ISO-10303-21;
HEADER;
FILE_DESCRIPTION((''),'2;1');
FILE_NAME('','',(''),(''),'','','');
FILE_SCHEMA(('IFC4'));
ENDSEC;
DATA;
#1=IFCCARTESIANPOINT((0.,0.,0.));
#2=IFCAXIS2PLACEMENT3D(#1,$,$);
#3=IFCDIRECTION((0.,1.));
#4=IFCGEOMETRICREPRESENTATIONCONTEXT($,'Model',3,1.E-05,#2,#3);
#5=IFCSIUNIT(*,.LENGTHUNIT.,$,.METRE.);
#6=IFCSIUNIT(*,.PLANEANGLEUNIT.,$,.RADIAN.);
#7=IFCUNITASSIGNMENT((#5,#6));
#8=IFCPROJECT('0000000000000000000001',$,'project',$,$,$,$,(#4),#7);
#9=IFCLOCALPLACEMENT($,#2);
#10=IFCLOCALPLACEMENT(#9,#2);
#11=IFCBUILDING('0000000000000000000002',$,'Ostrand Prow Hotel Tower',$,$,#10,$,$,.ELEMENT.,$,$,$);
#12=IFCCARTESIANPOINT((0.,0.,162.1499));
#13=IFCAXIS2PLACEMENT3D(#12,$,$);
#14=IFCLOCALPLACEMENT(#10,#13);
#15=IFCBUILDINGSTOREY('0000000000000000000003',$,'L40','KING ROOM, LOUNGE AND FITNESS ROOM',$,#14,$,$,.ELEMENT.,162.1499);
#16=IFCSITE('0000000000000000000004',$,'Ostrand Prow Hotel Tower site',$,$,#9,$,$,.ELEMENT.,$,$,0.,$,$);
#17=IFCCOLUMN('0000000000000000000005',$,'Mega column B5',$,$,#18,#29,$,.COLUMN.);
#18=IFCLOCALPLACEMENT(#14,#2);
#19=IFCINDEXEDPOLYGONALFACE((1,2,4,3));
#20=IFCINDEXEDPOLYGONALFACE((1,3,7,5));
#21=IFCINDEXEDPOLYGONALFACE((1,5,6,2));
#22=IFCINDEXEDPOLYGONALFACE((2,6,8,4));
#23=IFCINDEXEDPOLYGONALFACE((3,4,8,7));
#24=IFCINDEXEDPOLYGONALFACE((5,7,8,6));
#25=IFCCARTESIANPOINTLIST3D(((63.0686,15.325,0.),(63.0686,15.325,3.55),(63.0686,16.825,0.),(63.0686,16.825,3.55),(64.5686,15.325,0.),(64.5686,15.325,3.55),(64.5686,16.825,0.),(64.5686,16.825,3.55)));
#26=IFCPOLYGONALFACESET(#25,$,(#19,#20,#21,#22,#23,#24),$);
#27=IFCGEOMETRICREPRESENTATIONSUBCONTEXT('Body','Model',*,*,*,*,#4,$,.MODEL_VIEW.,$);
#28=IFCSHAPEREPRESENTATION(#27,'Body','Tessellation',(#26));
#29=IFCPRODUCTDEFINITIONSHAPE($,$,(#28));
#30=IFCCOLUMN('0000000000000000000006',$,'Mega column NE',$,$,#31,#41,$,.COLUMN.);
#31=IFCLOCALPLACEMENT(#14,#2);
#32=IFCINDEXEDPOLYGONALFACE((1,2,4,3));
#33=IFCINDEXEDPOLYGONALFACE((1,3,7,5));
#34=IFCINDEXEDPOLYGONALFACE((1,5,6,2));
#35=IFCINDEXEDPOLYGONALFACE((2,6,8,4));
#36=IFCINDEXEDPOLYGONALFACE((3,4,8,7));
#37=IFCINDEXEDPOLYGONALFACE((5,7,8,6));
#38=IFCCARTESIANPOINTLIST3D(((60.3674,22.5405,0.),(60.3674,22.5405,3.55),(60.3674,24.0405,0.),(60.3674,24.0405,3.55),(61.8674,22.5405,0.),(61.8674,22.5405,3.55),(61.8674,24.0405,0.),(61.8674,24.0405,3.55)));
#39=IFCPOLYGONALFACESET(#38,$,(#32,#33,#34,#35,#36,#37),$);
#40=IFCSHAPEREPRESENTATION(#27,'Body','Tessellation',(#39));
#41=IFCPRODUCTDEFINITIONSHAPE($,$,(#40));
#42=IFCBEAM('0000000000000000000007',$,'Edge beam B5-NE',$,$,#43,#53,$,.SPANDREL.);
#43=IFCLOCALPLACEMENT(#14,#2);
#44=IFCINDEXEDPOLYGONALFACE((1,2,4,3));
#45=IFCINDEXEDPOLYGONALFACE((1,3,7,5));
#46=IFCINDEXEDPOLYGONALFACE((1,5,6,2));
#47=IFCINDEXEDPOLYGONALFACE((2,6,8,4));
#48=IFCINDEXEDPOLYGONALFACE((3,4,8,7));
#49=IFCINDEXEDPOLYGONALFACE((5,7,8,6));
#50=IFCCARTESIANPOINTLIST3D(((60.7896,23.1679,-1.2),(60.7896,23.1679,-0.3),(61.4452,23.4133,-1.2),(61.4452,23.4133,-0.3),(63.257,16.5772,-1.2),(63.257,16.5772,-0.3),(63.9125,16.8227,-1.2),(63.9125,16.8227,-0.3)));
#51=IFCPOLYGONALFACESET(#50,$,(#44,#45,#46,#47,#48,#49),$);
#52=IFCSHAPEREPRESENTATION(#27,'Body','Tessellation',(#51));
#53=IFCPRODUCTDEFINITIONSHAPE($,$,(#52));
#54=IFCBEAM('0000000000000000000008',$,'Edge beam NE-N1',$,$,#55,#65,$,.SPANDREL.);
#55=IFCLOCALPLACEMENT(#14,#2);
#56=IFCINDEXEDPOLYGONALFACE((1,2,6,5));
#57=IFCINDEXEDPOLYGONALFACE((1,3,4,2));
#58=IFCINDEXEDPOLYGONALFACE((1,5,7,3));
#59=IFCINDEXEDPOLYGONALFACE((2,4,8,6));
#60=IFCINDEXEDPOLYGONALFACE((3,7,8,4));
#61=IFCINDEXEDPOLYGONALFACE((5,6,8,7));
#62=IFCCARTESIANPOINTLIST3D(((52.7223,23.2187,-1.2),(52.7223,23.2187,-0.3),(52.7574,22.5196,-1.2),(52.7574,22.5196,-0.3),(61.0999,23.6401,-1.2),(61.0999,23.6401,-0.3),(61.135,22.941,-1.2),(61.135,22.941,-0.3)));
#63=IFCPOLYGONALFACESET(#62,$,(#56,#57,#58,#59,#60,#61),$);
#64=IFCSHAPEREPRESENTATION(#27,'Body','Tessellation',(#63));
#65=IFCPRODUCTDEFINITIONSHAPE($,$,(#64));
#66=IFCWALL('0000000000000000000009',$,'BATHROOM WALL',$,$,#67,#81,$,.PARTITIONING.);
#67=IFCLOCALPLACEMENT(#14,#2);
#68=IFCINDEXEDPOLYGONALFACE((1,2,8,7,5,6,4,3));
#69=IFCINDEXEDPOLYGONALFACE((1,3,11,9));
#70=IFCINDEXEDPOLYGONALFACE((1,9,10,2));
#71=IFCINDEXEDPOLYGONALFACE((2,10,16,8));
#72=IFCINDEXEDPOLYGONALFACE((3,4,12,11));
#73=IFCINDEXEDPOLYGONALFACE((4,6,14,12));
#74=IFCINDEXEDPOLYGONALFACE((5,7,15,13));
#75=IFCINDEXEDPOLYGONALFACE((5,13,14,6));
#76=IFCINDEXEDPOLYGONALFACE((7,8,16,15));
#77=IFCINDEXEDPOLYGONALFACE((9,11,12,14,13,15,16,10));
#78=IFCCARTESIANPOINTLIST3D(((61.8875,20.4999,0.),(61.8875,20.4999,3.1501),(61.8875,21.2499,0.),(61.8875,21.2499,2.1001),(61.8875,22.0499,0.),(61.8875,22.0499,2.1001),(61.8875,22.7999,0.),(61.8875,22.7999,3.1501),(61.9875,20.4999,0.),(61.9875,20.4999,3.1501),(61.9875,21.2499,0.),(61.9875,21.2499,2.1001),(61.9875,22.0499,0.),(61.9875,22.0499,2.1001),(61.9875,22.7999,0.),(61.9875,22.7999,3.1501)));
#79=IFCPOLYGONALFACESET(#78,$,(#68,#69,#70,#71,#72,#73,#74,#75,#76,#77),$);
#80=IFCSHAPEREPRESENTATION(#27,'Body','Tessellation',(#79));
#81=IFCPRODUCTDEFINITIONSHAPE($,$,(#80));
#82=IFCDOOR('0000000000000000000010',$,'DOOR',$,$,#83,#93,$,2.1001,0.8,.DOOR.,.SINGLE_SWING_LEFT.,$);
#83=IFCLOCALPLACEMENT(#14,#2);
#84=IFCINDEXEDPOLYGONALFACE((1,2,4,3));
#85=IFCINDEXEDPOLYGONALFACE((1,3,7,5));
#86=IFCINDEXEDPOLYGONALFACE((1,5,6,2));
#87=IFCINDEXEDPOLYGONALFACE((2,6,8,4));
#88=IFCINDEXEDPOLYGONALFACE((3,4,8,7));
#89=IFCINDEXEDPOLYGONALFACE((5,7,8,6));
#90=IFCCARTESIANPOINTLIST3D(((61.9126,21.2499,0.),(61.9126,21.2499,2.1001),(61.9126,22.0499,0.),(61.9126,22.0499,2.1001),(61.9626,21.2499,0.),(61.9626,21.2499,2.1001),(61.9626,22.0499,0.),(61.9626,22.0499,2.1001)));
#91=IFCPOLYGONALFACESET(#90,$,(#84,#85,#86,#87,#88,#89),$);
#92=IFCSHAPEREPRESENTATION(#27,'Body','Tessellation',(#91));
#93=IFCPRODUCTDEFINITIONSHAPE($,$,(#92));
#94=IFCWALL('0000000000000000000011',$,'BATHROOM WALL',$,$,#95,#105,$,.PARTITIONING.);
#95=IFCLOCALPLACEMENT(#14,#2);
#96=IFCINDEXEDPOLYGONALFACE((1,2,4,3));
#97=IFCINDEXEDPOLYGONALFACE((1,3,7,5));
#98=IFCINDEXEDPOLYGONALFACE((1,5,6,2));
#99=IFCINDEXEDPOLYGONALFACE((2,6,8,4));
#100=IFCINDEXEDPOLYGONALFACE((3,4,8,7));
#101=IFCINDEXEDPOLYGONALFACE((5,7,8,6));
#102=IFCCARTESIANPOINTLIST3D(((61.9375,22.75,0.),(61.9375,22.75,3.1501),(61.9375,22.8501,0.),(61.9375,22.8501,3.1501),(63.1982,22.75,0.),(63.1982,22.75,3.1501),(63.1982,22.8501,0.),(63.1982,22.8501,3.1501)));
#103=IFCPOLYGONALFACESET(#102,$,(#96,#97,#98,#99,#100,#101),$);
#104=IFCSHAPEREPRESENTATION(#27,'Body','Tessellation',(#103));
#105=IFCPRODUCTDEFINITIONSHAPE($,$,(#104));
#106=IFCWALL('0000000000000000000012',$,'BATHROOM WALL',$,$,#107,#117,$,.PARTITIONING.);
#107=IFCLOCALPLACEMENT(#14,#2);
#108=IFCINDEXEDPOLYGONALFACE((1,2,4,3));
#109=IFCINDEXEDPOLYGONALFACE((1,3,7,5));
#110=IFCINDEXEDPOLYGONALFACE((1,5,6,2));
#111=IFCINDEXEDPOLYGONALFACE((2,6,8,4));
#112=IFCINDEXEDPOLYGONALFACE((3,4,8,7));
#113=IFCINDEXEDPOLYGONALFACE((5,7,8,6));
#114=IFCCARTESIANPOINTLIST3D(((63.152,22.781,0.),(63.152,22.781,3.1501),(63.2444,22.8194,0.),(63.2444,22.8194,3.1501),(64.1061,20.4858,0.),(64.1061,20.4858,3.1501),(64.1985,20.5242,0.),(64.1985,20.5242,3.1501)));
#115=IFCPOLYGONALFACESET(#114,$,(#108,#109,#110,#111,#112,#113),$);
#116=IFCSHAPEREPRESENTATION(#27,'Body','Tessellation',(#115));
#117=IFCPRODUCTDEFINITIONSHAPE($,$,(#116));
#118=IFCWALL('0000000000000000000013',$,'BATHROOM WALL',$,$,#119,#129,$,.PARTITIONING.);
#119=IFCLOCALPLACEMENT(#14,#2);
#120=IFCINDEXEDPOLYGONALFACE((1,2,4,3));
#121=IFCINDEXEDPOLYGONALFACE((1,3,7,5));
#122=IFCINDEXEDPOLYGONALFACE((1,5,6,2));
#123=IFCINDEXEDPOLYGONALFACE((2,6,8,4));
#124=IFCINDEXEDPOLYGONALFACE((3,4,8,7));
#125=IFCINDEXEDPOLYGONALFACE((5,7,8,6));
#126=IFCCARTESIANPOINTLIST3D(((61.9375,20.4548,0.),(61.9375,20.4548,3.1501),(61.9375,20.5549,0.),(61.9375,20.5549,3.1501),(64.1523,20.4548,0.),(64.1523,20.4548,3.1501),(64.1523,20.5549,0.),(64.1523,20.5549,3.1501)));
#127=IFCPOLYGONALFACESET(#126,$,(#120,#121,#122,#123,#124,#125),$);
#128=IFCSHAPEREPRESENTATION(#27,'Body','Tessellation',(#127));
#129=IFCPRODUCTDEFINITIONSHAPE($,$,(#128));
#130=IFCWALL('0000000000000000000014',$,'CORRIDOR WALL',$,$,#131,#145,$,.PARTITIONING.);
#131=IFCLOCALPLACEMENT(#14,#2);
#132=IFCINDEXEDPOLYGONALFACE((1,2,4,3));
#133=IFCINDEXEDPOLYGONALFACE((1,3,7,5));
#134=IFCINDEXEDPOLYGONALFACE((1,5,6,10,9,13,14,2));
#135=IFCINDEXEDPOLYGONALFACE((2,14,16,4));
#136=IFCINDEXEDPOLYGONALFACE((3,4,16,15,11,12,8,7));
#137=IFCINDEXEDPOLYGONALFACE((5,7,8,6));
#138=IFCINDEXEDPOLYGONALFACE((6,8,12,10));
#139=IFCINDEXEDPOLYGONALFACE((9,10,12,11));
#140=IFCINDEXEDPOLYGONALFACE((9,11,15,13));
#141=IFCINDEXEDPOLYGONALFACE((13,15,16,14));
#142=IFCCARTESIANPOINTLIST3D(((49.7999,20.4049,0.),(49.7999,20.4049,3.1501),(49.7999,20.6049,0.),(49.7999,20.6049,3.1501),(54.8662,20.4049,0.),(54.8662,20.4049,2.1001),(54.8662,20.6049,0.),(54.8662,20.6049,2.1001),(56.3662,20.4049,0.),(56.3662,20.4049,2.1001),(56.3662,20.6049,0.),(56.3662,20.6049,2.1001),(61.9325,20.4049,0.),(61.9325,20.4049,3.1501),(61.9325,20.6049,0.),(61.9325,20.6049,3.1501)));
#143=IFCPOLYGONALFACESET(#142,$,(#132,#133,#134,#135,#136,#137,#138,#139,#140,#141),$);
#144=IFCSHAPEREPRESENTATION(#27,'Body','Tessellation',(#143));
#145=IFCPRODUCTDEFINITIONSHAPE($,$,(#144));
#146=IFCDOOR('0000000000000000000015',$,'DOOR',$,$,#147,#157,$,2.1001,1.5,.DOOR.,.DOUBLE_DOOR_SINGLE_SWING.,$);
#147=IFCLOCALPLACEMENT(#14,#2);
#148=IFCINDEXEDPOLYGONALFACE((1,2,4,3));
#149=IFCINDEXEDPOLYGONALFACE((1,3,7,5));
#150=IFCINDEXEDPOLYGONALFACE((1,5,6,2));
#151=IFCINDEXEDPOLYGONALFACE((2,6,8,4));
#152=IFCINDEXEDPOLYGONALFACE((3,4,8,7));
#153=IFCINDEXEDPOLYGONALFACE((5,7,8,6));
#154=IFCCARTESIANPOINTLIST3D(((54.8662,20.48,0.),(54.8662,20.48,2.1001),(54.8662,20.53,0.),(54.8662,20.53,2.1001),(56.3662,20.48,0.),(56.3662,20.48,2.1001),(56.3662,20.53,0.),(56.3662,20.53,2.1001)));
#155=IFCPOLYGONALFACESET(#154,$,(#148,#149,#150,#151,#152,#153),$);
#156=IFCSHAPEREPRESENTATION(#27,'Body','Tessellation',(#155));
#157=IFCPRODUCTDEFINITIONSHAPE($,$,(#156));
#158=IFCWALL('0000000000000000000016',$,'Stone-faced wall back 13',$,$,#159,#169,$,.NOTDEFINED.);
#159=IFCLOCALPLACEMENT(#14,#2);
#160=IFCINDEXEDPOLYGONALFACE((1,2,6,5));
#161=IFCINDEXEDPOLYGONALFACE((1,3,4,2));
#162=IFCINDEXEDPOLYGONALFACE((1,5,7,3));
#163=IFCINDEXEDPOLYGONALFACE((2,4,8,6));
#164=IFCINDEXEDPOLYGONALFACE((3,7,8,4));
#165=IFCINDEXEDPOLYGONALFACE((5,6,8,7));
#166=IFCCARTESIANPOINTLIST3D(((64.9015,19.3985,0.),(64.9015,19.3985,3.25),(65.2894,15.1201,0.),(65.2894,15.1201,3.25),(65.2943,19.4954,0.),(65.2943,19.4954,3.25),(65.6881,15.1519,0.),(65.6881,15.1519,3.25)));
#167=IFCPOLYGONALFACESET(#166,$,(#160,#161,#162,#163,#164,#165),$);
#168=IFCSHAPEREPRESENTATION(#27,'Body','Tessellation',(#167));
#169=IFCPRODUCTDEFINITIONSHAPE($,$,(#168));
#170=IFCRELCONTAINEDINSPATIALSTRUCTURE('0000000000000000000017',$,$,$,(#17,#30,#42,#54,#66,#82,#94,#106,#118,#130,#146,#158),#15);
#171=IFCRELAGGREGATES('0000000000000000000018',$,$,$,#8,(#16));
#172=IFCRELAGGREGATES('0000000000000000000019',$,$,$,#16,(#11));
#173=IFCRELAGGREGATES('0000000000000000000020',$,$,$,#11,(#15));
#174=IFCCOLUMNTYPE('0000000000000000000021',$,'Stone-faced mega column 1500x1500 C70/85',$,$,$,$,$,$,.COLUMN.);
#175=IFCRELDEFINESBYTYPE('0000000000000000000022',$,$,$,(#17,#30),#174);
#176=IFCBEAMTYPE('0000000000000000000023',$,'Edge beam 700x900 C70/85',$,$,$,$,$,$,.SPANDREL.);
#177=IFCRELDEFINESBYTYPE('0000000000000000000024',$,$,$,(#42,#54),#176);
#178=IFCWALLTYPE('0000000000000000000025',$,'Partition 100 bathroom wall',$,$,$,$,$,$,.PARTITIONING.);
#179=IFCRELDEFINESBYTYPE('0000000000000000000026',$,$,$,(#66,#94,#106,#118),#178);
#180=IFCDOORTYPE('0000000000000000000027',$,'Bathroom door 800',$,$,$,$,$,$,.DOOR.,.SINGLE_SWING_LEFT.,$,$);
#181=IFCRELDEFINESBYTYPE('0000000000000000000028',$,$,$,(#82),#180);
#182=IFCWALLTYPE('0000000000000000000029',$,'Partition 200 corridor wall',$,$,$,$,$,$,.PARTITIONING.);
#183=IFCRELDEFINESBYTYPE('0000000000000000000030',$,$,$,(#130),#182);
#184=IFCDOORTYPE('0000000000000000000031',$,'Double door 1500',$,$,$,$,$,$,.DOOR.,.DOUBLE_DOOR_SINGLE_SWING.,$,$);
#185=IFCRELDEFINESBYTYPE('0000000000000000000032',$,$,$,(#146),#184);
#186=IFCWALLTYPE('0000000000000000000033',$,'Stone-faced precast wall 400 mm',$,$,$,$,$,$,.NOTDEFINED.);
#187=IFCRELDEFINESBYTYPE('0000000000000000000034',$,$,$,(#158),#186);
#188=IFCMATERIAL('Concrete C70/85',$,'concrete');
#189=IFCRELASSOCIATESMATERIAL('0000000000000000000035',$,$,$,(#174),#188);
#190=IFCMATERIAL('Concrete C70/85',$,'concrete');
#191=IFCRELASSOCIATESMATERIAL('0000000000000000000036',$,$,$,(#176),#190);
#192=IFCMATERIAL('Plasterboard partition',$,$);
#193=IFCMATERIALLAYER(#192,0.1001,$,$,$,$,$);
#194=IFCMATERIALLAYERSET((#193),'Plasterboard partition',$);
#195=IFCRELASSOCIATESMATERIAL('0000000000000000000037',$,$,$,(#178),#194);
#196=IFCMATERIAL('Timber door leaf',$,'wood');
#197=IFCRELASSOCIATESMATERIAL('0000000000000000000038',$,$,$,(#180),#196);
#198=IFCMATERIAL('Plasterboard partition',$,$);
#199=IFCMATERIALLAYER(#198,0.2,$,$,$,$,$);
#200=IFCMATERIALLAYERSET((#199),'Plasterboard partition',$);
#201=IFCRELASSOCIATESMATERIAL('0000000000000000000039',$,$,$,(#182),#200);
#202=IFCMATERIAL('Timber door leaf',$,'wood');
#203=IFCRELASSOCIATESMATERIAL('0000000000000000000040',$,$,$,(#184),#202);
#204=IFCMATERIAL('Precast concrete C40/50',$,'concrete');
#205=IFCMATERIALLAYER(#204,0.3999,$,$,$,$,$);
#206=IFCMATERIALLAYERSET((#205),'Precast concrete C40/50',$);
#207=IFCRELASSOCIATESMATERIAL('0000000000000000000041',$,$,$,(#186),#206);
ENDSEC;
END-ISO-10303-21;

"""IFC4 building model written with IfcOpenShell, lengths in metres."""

from ifc_helpers import new_model, si_unit, direction, frame, frame_2d, origin, origin_2d, place, context, subcontext, project, spatial, polyline, rectangle, outline, extrude, material, layer, layer_set, material_profile, profile_set, type_object, element, fill, save


model = new_model("IFC4")

# Units and contexts
model_context = context("Model", 3, precision=1e-05, world=origin(), true_north=direction((0.0, 1.0)))
body_context = subcontext(model_context, "Body", "Model", "MODEL_VIEW")
ifc_project = project(units=[si_unit("LENGTHUNIT", "METRE"), si_unit("PLANEANGLEUNIT", "RADIAN")], contexts=[model_context])

# Site, building, storey
site_placement = place(None, origin())
site = spatial("IfcSite", under=ifc_project, at=site_placement, Name="Ostrand Prow Hotel Tower site", CompositionType="ELEMENT", RefElevation=0.0)
building_placement = place(site_placement, origin())
building = spatial("IfcBuilding", under=site, at=building_placement, Name="Ostrand Prow Hotel Tower", CompositionType="ELEMENT")
storey_placement = place(building_placement, frame((0.0, 0.0, 162.1499)))
storey = spatial("IfcBuildingStorey", under=building, at=storey_placement, Name="L40", Description="KING ROOM, LOUNGE AND FITNESS ROOM", CompositionType="ELEMENT", Elevation=162.1499)

# Columns
ifc_material_1 = material(Name="Concrete C70/85", Category="concrete")
ifc_material_profile_1 = material_profile(ifc_material_1, rectangle(XDim=1.5, YDim=1.5, at=origin_2d()), Name="RC 1500x1500")
ifc_profile_set_1 = profile_set([ifc_material_profile_1], Name="Concrete C70/85")
column_type = type_object("IfcColumnType", Name="Stone-faced mega column 1500x1500 C70/85", PredefinedType="COLUMN", material=ifc_profile_set_1)
for number, where, z_axis, x_axis, name in (
    (1, (63.8186, 16.075, 0.0), (0.0, 0.0, 1.0), (1.0, 0.0, 0.0), "Mega column B5"),
    (2, (61.1174, 23.2905, 0.0), (0.0, 0.0, 1.0), (1.0, 0.0, 0.0), "Mega column NE"),
):
    element("IfcColumn", number, at=place(storey_placement, frame(where, z_axis=z_axis, x_axis=x_axis)), inside=storey, type_object=column_type, Name=name, PredefinedType="COLUMN", context=body_context, shape_type="SweptSolid", body=[
        extrude(rectangle(XDim=1.5, YDim=1.5, at=origin_2d()), origin(), (0.0, 0.0, 1.0), 3.55),
    ])

# Beams
ifc_material_2 = material(Name="Concrete C70/85", Category="concrete")
ifc_material_profile_2 = material_profile(ifc_material_2, rectangle(XDim=0.7, YDim=0.8999, at=origin_2d()), Name="RC 700x900")
ifc_profile_set_2 = profile_set([ifc_material_profile_2], Name="Concrete C70/85")
beam_type = type_object("IfcBeamType", Name="Edge beam 700x900 C70/85", PredefinedType="SPANDREL", material=ifc_profile_set_2)
beam_1_placement = place(storey_placement, frame((63.5847, 16.7, -0.75), z_axis=(-0.350603, 0.936524, 0.0), x_axis=(-0.936524, -0.350603, 0.0)))
element("IfcBeam", 3, at=beam_1_placement, inside=storey, type_object=beam_type, Name="Edge beam B5-NE", PredefinedType="SPANDREL", context=body_context, shape_type="SweptSolid", body=[
    extrude(rectangle(XDim=0.7, YDim=0.8999, at=origin_2d()), origin(), (0.0, 0.0, 1.0), 7.0374),
])
beam_2_placement = place(storey_placement, frame((61.1174, 23.2905, -0.75), z_axis=(-0.998737, -0.050235, 0.0), x_axis=(0.050235, -0.998737, 0.0)))
element("IfcBeam", 4, at=beam_2_placement, inside=storey, type_object=beam_type, Name="Edge beam NE-N1", PredefinedType="SPANDREL", context=body_context, shape_type="SweptSolid", body=[
    extrude(rectangle(XDim=0.7, YDim=0.8999, at=origin_2d()), origin(), (0.0, 0.0, 1.0), 8.3882),
])

# Wall, opening, door
ifc_material_3 = material(Name="Plasterboard partition")
ifc_layer_1 = layer(ifc_material_3, 0.1001)
ifc_layer_set_1 = layer_set([ifc_layer_1], Name="Plasterboard partition")
wall_type_1 = type_object("IfcWallType", Name="Partition 100 bathroom wall", PredefinedType="PARTITIONING", material=ifc_layer_set_1)
wall_1_placement = place(storey_placement, frame((61.9375, 20.5, 0.0), z_axis=(0.0, 0.0, 1.0), x_axis=(0.0, 1.0, 0.0)))
wall_1 = element("IfcWall", 5, at=wall_1_placement, inside=storey, type_object=wall_type_1, Name="BATHROOM WALL", PredefinedType="PARTITIONING", context=body_context, shape_type="SweptSolid", body=[
    extrude(rectangle(XDim=2.3, YDim=0.1001, at=frame_2d((1.1499, 0.0))), origin(), (0.0, 0.0, 1.0), 3.1501),
])
opening_1_placement = place(wall_1_placement, frame((0.75, 0.0, 0.0)))
opening_1 = element("IfcOpeningElement", 6, at=opening_1_placement, cuts=wall_1, PredefinedType="OPENING", context=body_context, shape_type="SweptSolid", body=[
    extrude(rectangle(XDim=0.8, YDim=2.1001, at=frame_2d((0.3999, 1.05))), frame((0.0, 0.0601, 0.0), z_axis=(0.0, -1.0, 0.0), x_axis=(1.0, 0.0, 0.0)), (0.0, 0.0, 1.0), 0.1201),
])
ifc_material_4 = material(Name="Timber door leaf", Category="wood")
door_type_1 = type_object("IfcDoorType", Name="Bathroom door 800", OperationType="SINGLE_SWING_LEFT", PredefinedType="DOOR", material=ifc_material_4)
door_1_placement = place(opening_1_placement, origin())
door_1 = element("IfcDoor", 7, at=door_1_placement, inside=storey, type_object=door_type_1, Name="DOOR", OperationType="SINGLE_SWING_LEFT", OverallHeight=2.1001, OverallWidth=0.8, PredefinedType="DOOR", context=body_context, shape_type="SweptSolid", body=[
    extrude(rectangle(XDim=0.8, YDim=2.1001, at=frame_2d((0.3999, 1.05))), frame((0.0, 0.0249, 0.0), z_axis=(0.0, -1.0, 0.0), x_axis=(1.0, 0.0, 0.0)), (0.0, 0.0, 1.0), 0.05),
])
fill(opening_1, door_1)

# Walls
wall_2_placement = place(storey_placement, frame((61.9375, 22.8, 0.0), z_axis=(0.0, 0.0, 1.0), x_axis=(1.0, 0.0, 0.0)))
element("IfcWall", 8, at=wall_2_placement, inside=storey, type_object=wall_type_1, Name="BATHROOM WALL", PredefinedType="PARTITIONING", context=body_context, shape_type="SweptSolid", body=[
    extrude(rectangle(XDim=1.2607, YDim=0.1001, at=frame_2d((0.6304, 0.0))), origin(), (0.0, 0.0, 1.0), 3.1501),
])
wall_3_placement = place(storey_placement, frame((63.1982, 22.8, 0.0), z_axis=(0.0, 0.0, 1.0), x_axis=(0.383855, -0.923393, 0.0)))
element("IfcWall", 9, at=wall_3_placement, inside=storey, type_object=wall_type_1, Name="BATHROOM WALL", PredefinedType="PARTITIONING", context=body_context, shape_type="SweptSolid", body=[
    extrude(rectangle(XDim=2.4856, YDim=0.1001, at=frame_2d((1.2427, 0.0))), origin(), (0.0, 0.0, 1.0), 3.1501),
])
wall_4_placement = place(storey_placement, frame((64.1523, 20.5049, 0.0), z_axis=(0.0, 0.0, 1.0), x_axis=(-1.0, 0.0, 0.0)))
element("IfcWall", 10, at=wall_4_placement, inside=storey, type_object=wall_type_1, Name="BATHROOM WALL", PredefinedType="PARTITIONING", context=body_context, shape_type="SweptSolid", body=[
    extrude(rectangle(XDim=2.2148, YDim=0.1001, at=frame_2d((1.1074, 0.0))), origin(), (0.0, 0.0, 1.0), 3.1501),
])

# Wall, opening, door
ifc_material_5 = material(Name="Plasterboard partition")
ifc_layer_2 = layer(ifc_material_5, 0.2)
ifc_layer_set_2 = layer_set([ifc_layer_2], Name="Plasterboard partition")
wall_type_2 = type_object("IfcWallType", Name="Partition 200 corridor wall", PredefinedType="PARTITIONING", material=ifc_layer_set_2)
wall_5_placement = place(storey_placement, frame((61.9326, 20.5049, 0.0), z_axis=(0.0, 0.0, 1.0), x_axis=(-1.0, 0.0, 0.0)))
wall_5 = element("IfcWall", 11, at=wall_5_placement, inside=storey, type_object=wall_type_2, Name="CORRIDOR WALL", PredefinedType="PARTITIONING", context=body_context, shape_type="SweptSolid", body=[
    extrude(rectangle(XDim=12.1326, YDim=0.2, at=frame_2d((6.0664, 0.0))), origin(), (0.0, 0.0, 1.0), 3.1501),
])
opening_2_placement = place(wall_5_placement, frame((5.5664, 0.0, 0.0)))
opening_2 = element("IfcOpeningElement", 12, at=opening_2_placement, cuts=wall_5, PredefinedType="OPENING", context=body_context, shape_type="SweptSolid", body=[
    extrude(rectangle(XDim=1.5, YDim=2.1001, at=frame_2d((0.75, 1.05))), frame((0.0, 0.1099, 0.0), z_axis=(0.0, -1.0, 0.0), x_axis=(1.0, 0.0, 0.0)), (0.0, 0.0, 1.0), 0.22),
])
ifc_material_6 = material(Name="Timber door leaf", Category="wood")
door_type_2 = type_object("IfcDoorType", Name="Double door 1500", OperationType="DOUBLE_DOOR_SINGLE_SWING", PredefinedType="DOOR", material=ifc_material_6)
door_2_placement = place(opening_2_placement, origin())
door_2 = element("IfcDoor", 13, at=door_2_placement, inside=storey, type_object=door_type_2, Name="DOOR", OperationType="DOUBLE_DOOR_SINGLE_SWING", OverallHeight=2.1001, OverallWidth=1.5, PredefinedType="DOOR", context=body_context, shape_type="SweptSolid", body=[
    extrude(rectangle(XDim=1.5, YDim=2.1001, at=frame_2d((0.75, 1.05))), frame((0.0, 0.0249, 0.0), z_axis=(0.0, -1.0, 0.0), x_axis=(1.0, 0.0, 0.0)), (0.0, 0.0, 1.0), 0.05),
])
fill(opening_2, door_2)

# Wall
ifc_material_7 = material(Name="Precast concrete C40/50", Category="concrete")
ifc_layer_3 = layer(ifc_material_7, 0.3999)
ifc_layer_set_3 = layer_set([ifc_layer_3], Name="Precast concrete C40/50")
wall_type_3 = type_object("IfcWallType", Name="Stone-faced precast wall 400 mm", PredefinedType="NOTDEFINED", material=ifc_layer_set_3)
wall_6_placement = place(storey_placement, frame((65.4888, 15.136, 0.0), z_axis=(0.0, 0.0, 1.0), x_axis=(-0.090297, 0.995915, 0.0)))
element("IfcWall", 14, at=wall_6_placement, inside=storey, type_object=wall_type_3, Name="Stone-faced wall back 13", PredefinedType="NOTDEFINED", context=body_context, shape_type="SweptSolid", body=[
    extrude(outline(polyline([(-0.0022, -0.2), (4.3591, -0.2), (4.2981, 0.2), (0.0022, 0.2), (-0.0022, -0.2)])), origin(), (0.0, 0.0, 1.0), 3.25),
])

save(model, "model.ifc")
